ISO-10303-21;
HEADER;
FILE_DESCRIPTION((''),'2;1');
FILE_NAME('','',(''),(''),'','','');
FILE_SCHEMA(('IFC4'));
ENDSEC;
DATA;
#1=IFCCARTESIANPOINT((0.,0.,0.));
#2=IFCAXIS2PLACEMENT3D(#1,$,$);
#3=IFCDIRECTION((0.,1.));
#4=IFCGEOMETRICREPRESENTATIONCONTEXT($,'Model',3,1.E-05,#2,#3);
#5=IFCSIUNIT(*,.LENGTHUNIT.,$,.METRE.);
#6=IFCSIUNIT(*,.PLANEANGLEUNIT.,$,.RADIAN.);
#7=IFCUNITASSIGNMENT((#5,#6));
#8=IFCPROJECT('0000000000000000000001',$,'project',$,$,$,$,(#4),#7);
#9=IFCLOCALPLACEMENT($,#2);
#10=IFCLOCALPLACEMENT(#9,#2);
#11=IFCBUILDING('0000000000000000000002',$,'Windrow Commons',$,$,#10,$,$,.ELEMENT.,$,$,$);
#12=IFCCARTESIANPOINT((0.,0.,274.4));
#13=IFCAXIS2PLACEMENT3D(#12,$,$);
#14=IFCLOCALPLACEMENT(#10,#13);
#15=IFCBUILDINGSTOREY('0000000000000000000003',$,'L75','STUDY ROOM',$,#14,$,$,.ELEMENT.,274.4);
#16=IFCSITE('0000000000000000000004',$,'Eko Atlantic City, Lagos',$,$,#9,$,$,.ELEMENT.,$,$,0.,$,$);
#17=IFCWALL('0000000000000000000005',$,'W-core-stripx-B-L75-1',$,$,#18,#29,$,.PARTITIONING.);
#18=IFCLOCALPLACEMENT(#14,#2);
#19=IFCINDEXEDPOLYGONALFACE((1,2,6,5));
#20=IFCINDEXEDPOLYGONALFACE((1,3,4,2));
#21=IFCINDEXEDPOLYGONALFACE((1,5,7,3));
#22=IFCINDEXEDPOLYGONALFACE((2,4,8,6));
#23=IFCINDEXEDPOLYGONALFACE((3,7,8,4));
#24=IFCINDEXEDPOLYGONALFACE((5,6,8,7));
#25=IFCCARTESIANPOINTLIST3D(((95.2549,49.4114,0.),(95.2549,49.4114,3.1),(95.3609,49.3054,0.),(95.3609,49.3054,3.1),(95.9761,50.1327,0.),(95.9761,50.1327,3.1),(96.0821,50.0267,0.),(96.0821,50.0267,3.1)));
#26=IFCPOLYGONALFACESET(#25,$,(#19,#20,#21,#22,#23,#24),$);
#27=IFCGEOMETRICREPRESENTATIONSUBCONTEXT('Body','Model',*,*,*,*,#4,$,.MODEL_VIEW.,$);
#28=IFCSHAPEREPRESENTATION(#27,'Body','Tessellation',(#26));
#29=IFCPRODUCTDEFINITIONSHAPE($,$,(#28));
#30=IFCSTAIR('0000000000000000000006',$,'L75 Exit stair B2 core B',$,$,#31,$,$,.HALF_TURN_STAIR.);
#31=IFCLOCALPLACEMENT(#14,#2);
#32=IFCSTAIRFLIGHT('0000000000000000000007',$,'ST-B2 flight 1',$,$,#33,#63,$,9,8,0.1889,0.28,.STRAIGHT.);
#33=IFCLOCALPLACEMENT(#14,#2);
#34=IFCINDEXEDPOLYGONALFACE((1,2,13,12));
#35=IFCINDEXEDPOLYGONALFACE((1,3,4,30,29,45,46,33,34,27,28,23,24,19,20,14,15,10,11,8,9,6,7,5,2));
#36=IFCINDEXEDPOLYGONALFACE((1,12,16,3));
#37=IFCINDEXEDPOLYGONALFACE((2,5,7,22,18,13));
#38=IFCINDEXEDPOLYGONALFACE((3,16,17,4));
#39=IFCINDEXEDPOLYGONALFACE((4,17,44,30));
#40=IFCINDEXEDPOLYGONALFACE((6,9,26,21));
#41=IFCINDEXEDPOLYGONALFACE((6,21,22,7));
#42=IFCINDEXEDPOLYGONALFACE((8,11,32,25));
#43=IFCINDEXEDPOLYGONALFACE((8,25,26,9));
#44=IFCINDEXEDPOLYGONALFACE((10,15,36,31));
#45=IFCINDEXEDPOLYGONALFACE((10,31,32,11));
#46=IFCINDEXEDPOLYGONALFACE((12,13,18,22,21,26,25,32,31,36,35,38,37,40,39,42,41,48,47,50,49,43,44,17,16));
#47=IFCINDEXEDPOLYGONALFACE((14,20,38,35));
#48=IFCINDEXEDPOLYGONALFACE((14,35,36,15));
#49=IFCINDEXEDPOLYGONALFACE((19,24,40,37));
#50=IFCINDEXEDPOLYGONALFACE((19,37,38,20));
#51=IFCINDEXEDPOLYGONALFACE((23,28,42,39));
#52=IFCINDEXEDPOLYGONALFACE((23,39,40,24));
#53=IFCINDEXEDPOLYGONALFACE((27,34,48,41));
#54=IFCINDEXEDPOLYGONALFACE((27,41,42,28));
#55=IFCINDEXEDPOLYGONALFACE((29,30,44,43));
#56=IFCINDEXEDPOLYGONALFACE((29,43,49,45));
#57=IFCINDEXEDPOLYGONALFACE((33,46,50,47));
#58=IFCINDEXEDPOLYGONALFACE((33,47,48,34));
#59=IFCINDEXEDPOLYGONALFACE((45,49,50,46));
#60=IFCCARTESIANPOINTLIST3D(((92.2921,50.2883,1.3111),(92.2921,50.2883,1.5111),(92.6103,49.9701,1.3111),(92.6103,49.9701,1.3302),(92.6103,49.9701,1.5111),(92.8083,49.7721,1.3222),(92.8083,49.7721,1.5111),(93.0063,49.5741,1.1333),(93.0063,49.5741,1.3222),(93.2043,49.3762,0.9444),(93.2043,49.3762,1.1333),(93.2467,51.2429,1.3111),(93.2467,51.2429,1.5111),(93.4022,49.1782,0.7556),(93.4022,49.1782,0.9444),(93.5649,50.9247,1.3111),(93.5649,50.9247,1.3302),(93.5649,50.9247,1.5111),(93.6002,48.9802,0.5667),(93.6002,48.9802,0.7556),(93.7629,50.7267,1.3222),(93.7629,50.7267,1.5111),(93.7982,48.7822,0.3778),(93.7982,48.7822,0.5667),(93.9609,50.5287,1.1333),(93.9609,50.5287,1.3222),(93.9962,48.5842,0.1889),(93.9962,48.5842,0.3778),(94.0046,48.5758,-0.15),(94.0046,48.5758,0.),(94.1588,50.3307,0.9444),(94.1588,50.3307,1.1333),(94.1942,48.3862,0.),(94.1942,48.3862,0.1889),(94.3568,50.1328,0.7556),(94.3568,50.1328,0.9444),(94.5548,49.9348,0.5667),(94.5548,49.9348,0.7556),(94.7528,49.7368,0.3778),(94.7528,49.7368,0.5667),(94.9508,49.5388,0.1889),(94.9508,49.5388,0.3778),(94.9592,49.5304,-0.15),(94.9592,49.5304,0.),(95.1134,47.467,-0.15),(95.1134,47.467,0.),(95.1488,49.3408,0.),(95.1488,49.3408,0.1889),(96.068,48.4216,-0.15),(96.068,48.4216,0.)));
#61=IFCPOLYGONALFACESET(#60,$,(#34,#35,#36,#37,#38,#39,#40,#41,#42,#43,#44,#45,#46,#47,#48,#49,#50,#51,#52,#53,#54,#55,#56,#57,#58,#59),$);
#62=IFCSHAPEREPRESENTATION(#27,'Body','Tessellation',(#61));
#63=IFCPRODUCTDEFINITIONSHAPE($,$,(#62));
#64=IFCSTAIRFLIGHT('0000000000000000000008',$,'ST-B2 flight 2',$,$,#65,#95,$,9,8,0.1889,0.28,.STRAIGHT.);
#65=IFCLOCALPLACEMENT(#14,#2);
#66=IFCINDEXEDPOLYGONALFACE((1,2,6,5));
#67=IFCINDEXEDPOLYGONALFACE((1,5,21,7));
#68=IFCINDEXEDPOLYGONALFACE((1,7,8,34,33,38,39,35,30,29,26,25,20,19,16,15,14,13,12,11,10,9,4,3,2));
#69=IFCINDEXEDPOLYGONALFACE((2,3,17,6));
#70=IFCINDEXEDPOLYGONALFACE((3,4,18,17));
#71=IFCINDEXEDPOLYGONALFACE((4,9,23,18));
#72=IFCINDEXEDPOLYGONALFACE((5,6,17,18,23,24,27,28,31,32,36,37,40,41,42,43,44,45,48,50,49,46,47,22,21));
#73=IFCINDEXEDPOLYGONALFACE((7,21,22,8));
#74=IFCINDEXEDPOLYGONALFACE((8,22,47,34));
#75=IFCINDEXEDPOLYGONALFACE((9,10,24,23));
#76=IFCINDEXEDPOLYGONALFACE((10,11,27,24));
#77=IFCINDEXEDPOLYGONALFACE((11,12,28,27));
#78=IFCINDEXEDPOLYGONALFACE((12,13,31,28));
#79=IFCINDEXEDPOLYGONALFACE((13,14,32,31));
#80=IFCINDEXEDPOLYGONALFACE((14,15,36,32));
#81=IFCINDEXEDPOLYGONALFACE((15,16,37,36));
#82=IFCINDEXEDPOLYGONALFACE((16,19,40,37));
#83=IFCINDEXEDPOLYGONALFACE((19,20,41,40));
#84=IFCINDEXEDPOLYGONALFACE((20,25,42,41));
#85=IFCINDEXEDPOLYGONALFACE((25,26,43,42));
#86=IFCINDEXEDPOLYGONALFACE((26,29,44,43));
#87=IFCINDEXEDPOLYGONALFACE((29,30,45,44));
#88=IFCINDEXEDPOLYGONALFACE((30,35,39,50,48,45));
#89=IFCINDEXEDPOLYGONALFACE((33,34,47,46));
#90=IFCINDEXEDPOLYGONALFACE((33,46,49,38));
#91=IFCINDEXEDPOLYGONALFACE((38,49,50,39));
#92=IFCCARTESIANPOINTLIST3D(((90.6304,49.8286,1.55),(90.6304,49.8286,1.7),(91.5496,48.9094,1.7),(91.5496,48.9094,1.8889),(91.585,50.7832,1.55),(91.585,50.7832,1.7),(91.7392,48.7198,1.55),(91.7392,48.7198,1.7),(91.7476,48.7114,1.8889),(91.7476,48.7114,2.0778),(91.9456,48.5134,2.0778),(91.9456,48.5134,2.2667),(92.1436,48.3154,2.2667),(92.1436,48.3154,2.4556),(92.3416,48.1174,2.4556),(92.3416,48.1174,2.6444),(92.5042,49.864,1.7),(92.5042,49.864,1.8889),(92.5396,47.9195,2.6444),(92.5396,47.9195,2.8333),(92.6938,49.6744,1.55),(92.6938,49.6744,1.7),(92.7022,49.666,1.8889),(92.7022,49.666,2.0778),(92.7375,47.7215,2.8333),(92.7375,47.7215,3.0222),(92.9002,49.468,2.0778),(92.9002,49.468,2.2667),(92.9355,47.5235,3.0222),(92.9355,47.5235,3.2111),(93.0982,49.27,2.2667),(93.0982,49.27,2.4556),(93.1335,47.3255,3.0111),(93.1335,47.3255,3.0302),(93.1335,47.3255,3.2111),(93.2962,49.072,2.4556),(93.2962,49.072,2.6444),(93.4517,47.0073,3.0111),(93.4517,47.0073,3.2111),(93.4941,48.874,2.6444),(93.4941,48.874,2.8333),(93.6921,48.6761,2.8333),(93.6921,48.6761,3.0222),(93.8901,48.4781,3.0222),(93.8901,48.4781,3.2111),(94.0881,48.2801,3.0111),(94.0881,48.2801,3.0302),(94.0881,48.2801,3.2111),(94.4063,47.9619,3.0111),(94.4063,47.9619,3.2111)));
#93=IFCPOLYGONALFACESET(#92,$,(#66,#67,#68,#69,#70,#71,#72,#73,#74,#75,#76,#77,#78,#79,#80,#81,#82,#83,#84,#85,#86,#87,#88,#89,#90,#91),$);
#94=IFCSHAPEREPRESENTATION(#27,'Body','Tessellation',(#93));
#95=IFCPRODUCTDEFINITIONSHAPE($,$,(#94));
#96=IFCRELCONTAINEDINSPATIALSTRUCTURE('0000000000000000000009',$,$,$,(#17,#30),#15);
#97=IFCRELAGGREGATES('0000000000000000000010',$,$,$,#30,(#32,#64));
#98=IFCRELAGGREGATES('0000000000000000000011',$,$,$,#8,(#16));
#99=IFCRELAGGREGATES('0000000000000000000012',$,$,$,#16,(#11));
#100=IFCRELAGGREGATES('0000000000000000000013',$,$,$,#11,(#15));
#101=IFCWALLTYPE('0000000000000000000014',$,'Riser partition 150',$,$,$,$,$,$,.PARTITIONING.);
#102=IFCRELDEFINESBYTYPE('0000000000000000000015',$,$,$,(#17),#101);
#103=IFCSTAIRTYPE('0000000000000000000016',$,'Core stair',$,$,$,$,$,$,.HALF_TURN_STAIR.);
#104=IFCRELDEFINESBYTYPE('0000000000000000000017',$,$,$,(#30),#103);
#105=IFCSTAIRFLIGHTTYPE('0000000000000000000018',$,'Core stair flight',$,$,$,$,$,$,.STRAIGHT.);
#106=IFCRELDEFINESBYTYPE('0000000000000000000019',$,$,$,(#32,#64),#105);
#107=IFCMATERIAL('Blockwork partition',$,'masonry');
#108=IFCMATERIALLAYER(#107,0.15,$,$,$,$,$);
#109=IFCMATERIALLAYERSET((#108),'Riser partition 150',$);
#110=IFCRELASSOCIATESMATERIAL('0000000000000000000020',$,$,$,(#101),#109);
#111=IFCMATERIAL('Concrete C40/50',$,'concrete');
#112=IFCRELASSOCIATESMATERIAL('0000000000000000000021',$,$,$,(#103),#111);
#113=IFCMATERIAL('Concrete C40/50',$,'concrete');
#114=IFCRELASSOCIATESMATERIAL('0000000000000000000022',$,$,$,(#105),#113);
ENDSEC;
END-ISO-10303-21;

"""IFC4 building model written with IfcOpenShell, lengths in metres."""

from ifc_helpers import new_model, si_unit, direction, frame, frame_2d, origin, place, context, subcontext, project, spatial, polyline, rectangle, outline, extrude, material, layer, layer_set, type_object, element, aggregate, save


model = new_model("IFC4")

# Units and contexts
model_context = context("Model", 3, precision=1e-05, world=origin(), true_north=direction((0.0, 1.0)))
body_context = subcontext(model_context, "Body", "Model", "MODEL_VIEW")
ifc_project = project(units=[si_unit("LENGTHUNIT", "METRE"), si_unit("PLANEANGLEUNIT", "RADIAN")], contexts=[model_context])

# Site, building, storey
site_placement = place(None, origin())
site = spatial("IfcSite", under=ifc_project, at=site_placement, Name="Eko Atlantic City, Lagos", CompositionType="ELEMENT", RefElevation=0.0)
building_placement = place(site_placement, origin())
building = spatial("IfcBuilding", under=site, at=building_placement, Name="Windrow Commons", CompositionType="ELEMENT")
storey_placement = place(building_placement, frame((0.0, 0.0, 274.4)))
storey = spatial("IfcBuildingStorey", under=building, at=storey_placement, Name="L75", Description="STUDY ROOM", CompositionType="ELEMENT", Elevation=274.4)

# Wall
ifc_material_1 = material(Name="Blockwork partition", Category="masonry")
ifc_layer_1 = layer(ifc_material_1, 0.15)
ifc_layer_set_1 = layer_set([ifc_layer_1], Name="Riser partition 150")
wall_type_1 = type_object("IfcWallType", Name="Riser partition 150", PredefinedType="PARTITIONING", material=ifc_layer_set_1)
wall_1_placement = place(storey_placement, frame((95.3079, 49.3584, 0.0), z_axis=(0.0, 0.0, 1.0), x_axis=(0.707058, 0.707156, 0.0)))
element("IfcWall", 1, at=wall_1_placement, inside=storey, type_object=wall_type_1, Name="W-core-stripx-B-L75-1", PredefinedType="PARTITIONING", context=body_context, shape_type="SweptSolid", body=[
    extrude(rectangle(XDim=1.02, YDim=0.15, at=frame_2d((0.51, 0.0))), origin(), (0.0, 0.0, 1.0), 3.1),
])

# Stair, stair flights
ifc_material_2 = material(Name="Concrete C40/50", Category="concrete")
stair_type = type_object("IfcStairType", Name="Core stair", PredefinedType="HALF_TURN_STAIR", material=ifc_material_2)
stair_placement = place(storey_placement, origin())
stair = element("IfcStair", 2, at=stair_placement, inside=storey, type_object=stair_type, Name="L75 Exit stair B2 core B", PredefinedType="HALF_TURN_STAIR")
ifc_material_3 = material(Name="Concrete C40/50", Category="concrete")
stair_flight_type = type_object("IfcStairFlightType", Name="Core stair flight", PredefinedType="STRAIGHT", material=ifc_material_3)
stair_flight_1_placement = place(storey_placement, frame((94.6715, 48.8635, 0.0), z_axis=(0.0, 0.0, 1.0), x_axis=(-0.707107, 0.707107, 0.0)))
stair_flight_1 = element("IfcStairFlight", 3, at=stair_flight_1_placement, type_object=stair_flight_type, Name="ST-B2 flight 1", NumberOfRisers=9, NumberOfTreads=8, PredefinedType="STRAIGHT", RiserHeight=0.1889, TreadLength=0.28, context=body_context, shape_type="SweptSolid", body=[
    extrude(outline(polyline([(-1.3, -0.15), (-1.3, 0.0), (0.0, 0.0), (0.0, 0.1889), (0.28, 0.1889), (0.28, 0.3778), (0.56, 0.3778), (0.56, 0.5667), (0.84, 0.5667), (0.84, 0.7556), (1.12, 0.7556), (1.12, 0.9444), (1.4, 0.9444), (1.4, 1.1333), (1.68, 1.1333), (1.68, 1.3222), (1.96, 1.3222), (1.96, 1.5111), (2.24, 1.5111), (2.69, 1.5111), (2.69, 1.3111), (2.24, 1.3111), (2.24, 1.3302), (0.2682, 0.0), (0.2682, -0.15), (-1.3, -0.15)])), frame((0.0, 0.675, 0.0), z_axis=(0.0, -1.0, 0.0), x_axis=(1.0, 0.0, 0.0)), (0.0, 0.0, 1.0), 1.35),
])
stair_flight_2_placement = place(storey_placement, frame((92.0269, 49.3867, 1.7), z_axis=(0.0, 0.0, 1.0), x_axis=(0.707107, -0.707107, 0.0)))
stair_flight_2 = element("IfcStairFlight", 4, at=stair_flight_2_placement, type_object=stair_flight_type, Name="ST-B2 flight 2", NumberOfRisers=9, NumberOfTreads=8, PredefinedType="STRAIGHT", RiserHeight=0.1889, TreadLength=0.28, context=body_context, shape_type="SweptSolid", body=[
    extrude(outline(polyline([(-1.3, -0.15), (-1.3, 0.0), (0.0, 0.0), (0.0, 0.1889), (0.28, 0.1889), (0.28, 0.3778), (0.56, 0.3778), (0.56, 0.5667), (0.84, 0.5667), (0.84, 0.7556), (1.12, 0.7556), (1.12, 0.9444), (1.4, 0.9444), (1.4, 1.1333), (1.68, 1.1333), (1.68, 1.3222), (1.96, 1.3222), (1.96, 1.5111), (2.24, 1.5111), (2.69, 1.5111), (2.69, 1.3111), (2.24, 1.3111), (2.24, 1.3302), (0.2682, 0.0), (0.2682, -0.15), (-1.3, -0.15)])), frame((0.0, 0.675, 0.0), z_axis=(0.0, -1.0, 0.0), x_axis=(1.0, 0.0, 0.0)), (0.0, 0.0, 1.0), 1.35),
])
aggregate(stair, [stair_flight_1, stair_flight_2])

save(model, "model.ifc")
